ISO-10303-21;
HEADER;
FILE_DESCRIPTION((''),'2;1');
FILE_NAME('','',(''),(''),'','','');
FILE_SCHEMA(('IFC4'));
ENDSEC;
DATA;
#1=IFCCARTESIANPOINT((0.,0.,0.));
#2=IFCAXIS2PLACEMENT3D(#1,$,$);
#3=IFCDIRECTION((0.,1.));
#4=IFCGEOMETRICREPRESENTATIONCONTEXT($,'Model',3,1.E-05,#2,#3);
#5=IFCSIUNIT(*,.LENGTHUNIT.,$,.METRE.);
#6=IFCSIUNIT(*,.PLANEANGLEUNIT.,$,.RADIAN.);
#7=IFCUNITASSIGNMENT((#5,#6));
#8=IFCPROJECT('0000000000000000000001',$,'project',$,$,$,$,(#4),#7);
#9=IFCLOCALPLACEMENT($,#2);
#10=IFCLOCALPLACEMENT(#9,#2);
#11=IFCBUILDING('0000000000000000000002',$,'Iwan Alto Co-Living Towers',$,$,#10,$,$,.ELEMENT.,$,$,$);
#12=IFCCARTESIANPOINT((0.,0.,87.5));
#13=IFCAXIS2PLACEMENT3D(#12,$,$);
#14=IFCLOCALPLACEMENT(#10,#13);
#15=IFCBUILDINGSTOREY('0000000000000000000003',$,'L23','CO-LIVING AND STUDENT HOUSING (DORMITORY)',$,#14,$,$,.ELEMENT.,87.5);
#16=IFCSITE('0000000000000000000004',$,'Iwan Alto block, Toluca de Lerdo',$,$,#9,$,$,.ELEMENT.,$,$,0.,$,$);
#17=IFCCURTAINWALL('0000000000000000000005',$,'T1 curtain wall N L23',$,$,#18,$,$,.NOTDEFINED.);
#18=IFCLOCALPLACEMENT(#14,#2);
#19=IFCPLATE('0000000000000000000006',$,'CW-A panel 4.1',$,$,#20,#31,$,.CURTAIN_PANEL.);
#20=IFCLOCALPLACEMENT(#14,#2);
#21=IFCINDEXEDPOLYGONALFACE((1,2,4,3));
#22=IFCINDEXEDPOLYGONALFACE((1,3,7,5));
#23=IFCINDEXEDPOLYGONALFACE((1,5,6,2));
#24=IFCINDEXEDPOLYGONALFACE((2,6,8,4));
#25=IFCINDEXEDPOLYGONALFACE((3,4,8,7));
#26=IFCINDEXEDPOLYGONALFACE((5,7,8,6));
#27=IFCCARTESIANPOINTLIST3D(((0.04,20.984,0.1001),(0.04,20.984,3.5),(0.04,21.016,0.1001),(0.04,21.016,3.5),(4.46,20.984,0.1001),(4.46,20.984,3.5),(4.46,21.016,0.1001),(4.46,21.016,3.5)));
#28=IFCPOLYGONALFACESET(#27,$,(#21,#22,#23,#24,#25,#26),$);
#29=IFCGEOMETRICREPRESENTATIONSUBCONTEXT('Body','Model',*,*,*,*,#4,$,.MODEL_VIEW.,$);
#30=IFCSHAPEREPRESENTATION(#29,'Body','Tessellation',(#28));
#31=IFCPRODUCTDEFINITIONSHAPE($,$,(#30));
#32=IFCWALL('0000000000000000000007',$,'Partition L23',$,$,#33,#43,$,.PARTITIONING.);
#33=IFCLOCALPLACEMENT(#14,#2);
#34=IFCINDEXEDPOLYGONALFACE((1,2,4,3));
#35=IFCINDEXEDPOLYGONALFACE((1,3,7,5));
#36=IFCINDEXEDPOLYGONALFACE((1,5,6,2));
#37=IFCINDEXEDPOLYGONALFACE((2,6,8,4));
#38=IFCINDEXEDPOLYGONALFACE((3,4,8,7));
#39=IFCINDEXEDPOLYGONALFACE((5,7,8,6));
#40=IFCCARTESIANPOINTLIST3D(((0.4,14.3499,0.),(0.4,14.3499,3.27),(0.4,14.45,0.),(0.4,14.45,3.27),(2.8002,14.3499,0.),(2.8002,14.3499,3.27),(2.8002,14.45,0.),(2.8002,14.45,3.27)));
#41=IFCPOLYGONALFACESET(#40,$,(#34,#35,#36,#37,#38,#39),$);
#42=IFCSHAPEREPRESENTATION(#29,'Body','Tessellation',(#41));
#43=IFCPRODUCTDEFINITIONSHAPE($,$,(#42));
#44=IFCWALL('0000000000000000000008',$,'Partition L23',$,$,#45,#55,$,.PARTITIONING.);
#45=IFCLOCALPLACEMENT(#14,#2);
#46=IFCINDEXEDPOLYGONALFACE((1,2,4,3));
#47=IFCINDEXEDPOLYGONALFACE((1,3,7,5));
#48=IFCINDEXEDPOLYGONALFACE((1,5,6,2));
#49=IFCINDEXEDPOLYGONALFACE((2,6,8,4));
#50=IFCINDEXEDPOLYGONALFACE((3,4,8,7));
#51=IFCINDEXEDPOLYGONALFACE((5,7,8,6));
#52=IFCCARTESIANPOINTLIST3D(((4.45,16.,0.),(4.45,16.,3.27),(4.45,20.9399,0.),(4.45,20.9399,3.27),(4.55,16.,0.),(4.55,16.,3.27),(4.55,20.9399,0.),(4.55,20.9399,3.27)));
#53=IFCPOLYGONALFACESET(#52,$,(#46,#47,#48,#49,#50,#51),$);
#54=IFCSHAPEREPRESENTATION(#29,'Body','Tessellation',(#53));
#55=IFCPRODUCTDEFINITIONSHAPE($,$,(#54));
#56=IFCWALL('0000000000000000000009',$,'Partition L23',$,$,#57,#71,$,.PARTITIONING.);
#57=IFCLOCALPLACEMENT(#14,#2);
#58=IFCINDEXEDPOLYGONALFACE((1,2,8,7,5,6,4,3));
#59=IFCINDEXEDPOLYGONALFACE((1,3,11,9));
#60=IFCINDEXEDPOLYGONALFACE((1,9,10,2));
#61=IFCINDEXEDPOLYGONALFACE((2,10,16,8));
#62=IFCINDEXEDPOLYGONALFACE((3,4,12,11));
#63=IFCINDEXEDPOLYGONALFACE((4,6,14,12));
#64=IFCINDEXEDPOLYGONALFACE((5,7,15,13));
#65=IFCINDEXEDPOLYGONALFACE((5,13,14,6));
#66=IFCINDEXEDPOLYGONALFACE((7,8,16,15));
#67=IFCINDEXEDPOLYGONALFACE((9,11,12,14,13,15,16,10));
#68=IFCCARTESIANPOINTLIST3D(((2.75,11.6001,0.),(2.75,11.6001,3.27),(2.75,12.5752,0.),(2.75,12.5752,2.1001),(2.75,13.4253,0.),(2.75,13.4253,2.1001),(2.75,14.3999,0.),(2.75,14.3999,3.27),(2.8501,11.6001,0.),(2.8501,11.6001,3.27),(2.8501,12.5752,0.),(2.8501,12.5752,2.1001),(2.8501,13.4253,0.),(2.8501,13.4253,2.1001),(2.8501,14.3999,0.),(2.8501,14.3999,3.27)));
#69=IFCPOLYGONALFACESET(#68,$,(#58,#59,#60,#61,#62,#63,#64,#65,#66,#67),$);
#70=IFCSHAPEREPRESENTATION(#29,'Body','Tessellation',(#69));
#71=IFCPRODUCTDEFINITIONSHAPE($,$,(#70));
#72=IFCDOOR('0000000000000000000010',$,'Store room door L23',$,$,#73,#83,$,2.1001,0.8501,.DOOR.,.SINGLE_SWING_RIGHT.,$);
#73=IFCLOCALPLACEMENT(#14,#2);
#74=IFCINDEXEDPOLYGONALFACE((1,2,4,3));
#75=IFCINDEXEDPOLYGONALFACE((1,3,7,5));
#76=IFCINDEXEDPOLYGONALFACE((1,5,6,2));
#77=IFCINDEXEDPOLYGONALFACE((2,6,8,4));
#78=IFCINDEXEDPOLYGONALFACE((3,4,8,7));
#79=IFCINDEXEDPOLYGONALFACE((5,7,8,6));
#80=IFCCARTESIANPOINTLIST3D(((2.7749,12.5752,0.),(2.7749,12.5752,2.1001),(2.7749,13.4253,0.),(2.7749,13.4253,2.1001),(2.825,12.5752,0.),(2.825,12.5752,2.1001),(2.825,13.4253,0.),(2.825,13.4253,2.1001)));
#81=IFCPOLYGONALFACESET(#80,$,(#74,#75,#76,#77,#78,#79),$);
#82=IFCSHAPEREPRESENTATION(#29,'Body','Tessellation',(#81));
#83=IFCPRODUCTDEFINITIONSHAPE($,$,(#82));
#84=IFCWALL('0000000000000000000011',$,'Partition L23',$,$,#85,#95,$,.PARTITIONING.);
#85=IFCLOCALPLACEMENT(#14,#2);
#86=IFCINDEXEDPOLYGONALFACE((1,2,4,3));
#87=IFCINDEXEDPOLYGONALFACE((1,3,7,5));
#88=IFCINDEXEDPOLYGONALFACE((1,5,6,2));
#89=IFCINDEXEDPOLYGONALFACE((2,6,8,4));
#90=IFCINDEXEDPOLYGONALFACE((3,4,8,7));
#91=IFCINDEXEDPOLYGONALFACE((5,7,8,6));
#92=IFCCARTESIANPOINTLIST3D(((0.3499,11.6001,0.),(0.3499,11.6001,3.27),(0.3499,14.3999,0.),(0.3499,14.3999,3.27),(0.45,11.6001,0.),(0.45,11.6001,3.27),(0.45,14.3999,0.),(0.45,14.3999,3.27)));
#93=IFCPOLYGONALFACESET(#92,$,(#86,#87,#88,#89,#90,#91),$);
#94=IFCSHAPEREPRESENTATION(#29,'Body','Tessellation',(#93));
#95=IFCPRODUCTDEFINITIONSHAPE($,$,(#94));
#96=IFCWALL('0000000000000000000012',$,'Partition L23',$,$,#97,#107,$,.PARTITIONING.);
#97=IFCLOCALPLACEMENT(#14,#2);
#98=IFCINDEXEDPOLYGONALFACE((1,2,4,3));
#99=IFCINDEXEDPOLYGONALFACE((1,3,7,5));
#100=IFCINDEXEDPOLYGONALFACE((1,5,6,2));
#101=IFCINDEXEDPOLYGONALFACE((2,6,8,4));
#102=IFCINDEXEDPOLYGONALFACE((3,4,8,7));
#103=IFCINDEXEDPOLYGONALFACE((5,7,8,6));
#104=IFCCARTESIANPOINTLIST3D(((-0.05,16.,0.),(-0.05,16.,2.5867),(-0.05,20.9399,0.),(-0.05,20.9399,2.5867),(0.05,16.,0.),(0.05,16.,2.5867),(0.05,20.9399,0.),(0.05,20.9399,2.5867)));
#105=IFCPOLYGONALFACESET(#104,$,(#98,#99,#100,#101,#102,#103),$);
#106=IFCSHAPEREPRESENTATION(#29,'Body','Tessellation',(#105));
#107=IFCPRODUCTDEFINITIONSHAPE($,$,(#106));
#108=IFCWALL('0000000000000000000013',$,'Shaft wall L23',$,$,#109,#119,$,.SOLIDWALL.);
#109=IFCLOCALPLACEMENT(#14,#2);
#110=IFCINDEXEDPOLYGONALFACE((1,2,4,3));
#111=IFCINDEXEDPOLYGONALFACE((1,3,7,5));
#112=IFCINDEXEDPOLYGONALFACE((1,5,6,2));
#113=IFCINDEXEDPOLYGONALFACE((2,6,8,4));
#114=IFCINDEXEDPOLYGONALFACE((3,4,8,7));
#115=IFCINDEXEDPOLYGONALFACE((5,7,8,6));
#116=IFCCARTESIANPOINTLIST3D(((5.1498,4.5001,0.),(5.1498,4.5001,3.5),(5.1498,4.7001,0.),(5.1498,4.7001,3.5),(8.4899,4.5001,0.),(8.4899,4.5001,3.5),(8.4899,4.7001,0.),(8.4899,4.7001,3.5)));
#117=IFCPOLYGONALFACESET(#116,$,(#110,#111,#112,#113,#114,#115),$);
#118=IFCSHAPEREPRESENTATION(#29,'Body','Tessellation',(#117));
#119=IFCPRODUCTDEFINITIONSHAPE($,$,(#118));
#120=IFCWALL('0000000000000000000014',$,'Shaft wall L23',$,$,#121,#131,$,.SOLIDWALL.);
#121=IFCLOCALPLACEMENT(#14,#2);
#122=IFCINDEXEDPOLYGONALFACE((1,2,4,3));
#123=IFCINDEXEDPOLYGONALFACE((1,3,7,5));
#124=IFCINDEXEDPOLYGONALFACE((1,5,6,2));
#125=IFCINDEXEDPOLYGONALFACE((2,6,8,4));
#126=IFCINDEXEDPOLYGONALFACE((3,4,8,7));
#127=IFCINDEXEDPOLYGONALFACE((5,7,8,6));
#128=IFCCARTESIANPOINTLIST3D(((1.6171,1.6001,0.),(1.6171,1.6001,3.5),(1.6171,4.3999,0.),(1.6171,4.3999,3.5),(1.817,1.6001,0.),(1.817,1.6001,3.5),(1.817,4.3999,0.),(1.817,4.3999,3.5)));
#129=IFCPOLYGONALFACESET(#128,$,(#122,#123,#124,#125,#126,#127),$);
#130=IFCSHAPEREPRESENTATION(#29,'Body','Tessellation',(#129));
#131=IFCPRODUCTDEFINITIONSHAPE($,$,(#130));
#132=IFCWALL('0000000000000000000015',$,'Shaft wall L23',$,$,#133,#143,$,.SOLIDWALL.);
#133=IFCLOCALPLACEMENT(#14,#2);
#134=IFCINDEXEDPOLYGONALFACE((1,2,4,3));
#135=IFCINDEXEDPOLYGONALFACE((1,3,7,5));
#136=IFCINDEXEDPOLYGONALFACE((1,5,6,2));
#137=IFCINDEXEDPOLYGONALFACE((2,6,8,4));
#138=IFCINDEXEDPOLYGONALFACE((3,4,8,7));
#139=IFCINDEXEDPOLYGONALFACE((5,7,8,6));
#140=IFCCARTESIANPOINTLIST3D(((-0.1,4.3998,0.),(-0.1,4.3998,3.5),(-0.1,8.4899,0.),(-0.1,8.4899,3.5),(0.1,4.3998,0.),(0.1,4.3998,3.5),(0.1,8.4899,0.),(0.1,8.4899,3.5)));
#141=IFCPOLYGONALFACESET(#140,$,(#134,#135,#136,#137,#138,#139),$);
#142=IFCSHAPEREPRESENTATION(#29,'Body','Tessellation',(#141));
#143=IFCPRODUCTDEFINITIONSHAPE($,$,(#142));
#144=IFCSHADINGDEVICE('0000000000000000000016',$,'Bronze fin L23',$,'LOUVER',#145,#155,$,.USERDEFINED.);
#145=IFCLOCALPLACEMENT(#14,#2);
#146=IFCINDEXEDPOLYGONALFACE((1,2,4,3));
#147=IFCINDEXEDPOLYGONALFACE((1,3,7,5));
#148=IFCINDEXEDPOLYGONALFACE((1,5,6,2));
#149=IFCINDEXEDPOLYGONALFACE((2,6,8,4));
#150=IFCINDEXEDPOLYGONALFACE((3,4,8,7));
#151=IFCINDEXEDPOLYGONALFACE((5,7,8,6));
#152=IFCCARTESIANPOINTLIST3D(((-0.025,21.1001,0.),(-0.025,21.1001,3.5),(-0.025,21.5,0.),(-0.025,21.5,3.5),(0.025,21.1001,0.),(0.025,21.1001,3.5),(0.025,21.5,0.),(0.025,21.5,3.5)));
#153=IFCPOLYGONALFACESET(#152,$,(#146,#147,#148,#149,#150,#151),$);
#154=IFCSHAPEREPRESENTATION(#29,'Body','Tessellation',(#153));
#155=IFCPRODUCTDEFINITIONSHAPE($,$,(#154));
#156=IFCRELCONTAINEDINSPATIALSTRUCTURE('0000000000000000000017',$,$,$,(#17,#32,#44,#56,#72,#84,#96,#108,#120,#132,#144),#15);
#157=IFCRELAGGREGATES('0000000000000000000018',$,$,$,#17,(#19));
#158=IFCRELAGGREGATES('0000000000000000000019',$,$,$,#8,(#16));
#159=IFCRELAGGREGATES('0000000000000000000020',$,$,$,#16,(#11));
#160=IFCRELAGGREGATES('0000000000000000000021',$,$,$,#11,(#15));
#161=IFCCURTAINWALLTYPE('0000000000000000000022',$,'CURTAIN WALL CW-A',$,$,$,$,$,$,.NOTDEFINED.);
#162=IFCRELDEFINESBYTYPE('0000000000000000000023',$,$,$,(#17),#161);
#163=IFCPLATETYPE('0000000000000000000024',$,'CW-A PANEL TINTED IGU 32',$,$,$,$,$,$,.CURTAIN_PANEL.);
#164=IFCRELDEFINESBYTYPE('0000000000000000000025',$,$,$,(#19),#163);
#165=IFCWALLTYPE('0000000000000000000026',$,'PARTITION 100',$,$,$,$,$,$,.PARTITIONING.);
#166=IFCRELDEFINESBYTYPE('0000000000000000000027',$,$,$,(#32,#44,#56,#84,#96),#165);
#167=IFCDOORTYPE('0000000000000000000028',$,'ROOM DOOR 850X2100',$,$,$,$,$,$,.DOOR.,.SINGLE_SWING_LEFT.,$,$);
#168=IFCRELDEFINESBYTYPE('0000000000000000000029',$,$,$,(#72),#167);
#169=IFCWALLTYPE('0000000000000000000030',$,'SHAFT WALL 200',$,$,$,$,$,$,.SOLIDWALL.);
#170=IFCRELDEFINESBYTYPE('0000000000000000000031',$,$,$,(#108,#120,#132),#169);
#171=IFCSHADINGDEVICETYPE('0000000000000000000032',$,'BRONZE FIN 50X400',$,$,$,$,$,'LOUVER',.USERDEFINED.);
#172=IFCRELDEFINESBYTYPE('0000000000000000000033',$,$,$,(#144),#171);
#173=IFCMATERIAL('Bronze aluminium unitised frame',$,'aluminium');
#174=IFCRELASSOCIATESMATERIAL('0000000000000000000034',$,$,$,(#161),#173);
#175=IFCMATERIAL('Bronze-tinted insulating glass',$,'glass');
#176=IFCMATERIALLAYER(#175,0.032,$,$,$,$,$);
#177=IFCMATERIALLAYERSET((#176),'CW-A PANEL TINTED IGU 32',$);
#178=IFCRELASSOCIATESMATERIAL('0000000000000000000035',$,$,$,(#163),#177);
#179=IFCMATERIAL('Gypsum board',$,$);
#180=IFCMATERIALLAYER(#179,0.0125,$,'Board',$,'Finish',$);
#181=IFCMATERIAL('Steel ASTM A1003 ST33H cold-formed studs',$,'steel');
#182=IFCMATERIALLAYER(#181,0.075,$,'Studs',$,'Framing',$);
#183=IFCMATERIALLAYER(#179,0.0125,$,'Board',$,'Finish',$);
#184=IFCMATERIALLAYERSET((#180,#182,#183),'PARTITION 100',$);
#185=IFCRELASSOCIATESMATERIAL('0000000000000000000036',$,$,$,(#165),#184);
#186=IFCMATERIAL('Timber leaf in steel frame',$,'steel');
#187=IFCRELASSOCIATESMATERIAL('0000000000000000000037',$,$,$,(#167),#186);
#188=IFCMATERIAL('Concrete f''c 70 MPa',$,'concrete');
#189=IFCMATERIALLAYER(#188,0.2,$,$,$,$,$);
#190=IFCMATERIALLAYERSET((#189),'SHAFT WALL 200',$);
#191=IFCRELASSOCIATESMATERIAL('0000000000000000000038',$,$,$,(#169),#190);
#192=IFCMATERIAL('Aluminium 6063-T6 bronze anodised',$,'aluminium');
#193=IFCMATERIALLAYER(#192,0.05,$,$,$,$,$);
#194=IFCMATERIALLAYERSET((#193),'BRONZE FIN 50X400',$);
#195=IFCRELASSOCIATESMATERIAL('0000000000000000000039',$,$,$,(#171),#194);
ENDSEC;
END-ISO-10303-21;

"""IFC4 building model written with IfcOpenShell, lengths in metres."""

from ifc_helpers import new_model, si_unit, direction, frame, frame_2d, origin, origin_2d, place, context, subcontext, project, spatial, rectangle, extrude, material, layer, layer_set, type_object, element, fill, aggregate, save


model = new_model("IFC4")

# Units and contexts
model_context = context("Model", 3, precision=1e-05, world=origin(), true_north=direction((0.0, 1.0)))
body_context = subcontext(model_context, "Body", "Model", "MODEL_VIEW")
ifc_project = project(units=[si_unit("LENGTHUNIT", "METRE"), si_unit("PLANEANGLEUNIT", "RADIAN")], contexts=[model_context])

# Site, building, storey
site_placement = place(None, origin())
site = spatial("IfcSite", under=ifc_project, at=site_placement, Name="Iwan Alto block, Toluca de Lerdo", CompositionType="ELEMENT", RefElevation=0.0)
building_placement = place(site_placement, origin())
building = spatial("IfcBuilding", under=site, at=building_placement, Name="Iwan Alto Co-Living Towers", CompositionType="ELEMENT")
storey_placement = place(building_placement, frame((0.0, 0.0, 87.5)))
storey = spatial("IfcBuildingStorey", under=building, at=storey_placement, Name="L23", Description="CO-LIVING AND STUDENT HOUSING (DORMITORY)", CompositionType="ELEMENT", Elevation=87.5)

# Curtain wall
ifc_material_1 = material(Name="Bronze aluminium unitised frame", Category="aluminium")
curtain_wall_type = type_object("IfcCurtainWallType", Name="CURTAIN WALL CW-A", PredefinedType="NOTDEFINED", material=ifc_material_1)
curtain_wall_placement = place(storey_placement, origin())
curtain_wall = element("IfcCurtainWall", 1, at=curtain_wall_placement, inside=storey, type_object=curtain_wall_type, Name="T1 curtain wall N L23", PredefinedType="NOTDEFINED")

# Plate
ifc_material_2 = material(Name="Bronze-tinted insulating glass", Category="glass")
ifc_layer_1 = layer(ifc_material_2, 0.032)
ifc_layer_set_1 = layer_set([ifc_layer_1], Name="CW-A PANEL TINTED IGU 32")
plate_type = type_object("IfcPlateType", Name="CW-A PANEL TINTED IGU 32", PredefinedType="CURTAIN_PANEL", material=ifc_layer_set_1)
plate_1_placement = place(storey_placement, frame((2.25, 21.0, 0.1001), z_axis=(0.0, 0.0, 1.0), x_axis=(-1.0, 0.0, 0.0)))
plate_1 = element("IfcPlate", 2, at=plate_1_placement, type_object=plate_type, Name="CW-A panel 4.1", PredefinedType="CURTAIN_PANEL", context=body_context, shape_type="SweptSolid", body=[
    extrude(rectangle(XDim=4.4199, YDim=0.032, at=origin_2d()), origin(), (0.0, 0.0, 1.0), 3.3999),
])
aggregate(curtain_wall, [plate_1])

# Walls
ifc_material_3 = material(Name="Gypsum board")
ifc_layer_2 = layer(ifc_material_3, 0.0125, Name="Board", Category="Finish")
ifc_material_4 = material(Name="Steel ASTM A1003 ST33H cold-formed studs", Category="steel")
ifc_layer_3 = layer(ifc_material_4, 0.075, Name="Studs", Category="Framing")
ifc_layer_4 = layer(ifc_material_3, 0.0125, Name="Board", Category="Finish")
ifc_layer_set_2 = layer_set([ifc_layer_2, ifc_layer_3, ifc_layer_4], Name="PARTITION 100")
wall_type_1 = type_object("IfcWallType", Name="PARTITION 100", PredefinedType="PARTITIONING", material=ifc_layer_set_2)
wall_1_placement = place(storey_placement, frame((0.3999, 14.3999, 0.0), z_axis=(0.0, 0.0, 1.0), x_axis=(1.0, 0.0, 0.0)))
element("IfcWall", 3, at=wall_1_placement, inside=storey, type_object=wall_type_1, Name="Partition L23", PredefinedType="PARTITIONING", context=body_context, shape_type="SweptSolid", body=[
    extrude(rectangle(XDim=2.4001, YDim=0.1001, at=frame_2d((1.2002, 0.0))), origin(), (0.0, 0.0, 1.0), 3.27),
])
wall_2_placement = place(storey_placement, frame((4.5, 16.0, 0.0), z_axis=(0.0, 0.0, 1.0), x_axis=(0.0, 1.0, 0.0)))
element("IfcWall", 4, at=wall_2_placement, inside=storey, type_object=wall_type_1, Name="Partition L23", PredefinedType="PARTITIONING", context=body_context, shape_type="SweptSolid", body=[
    extrude(rectangle(XDim=4.9399, YDim=0.1001, at=frame_2d((2.47, 0.0))), origin(), (0.0, 0.0, 1.0), 3.27),
])

# Wall, opening, door
wall_3_placement = place(storey_placement, frame((2.8, 11.6001, 0.0), z_axis=(0.0, 0.0, 1.0), x_axis=(0.0, 1.0, 0.0)))
wall_3 = element("IfcWall", 5, at=wall_3_placement, inside=storey, type_object=wall_type_1, Name="Partition L23", PredefinedType="PARTITIONING", context=body_context, shape_type="SweptSolid", body=[
    extrude(rectangle(XDim=2.7998, YDim=0.1001, at=frame_2d((1.3999, 0.0))), origin(), (0.0, 0.0, 1.0), 3.27),
])
opening_placement = place(wall_3_placement, frame((0.9751, 0.0, 0.0)))
opening = element("IfcOpeningElement", 6, at=opening_placement, cuts=wall_3, PredefinedType="OPENING", context=body_context, shape_type="SweptSolid", body=[
    extrude(rectangle(XDim=0.8501, YDim=2.1001, at=frame_2d((0.425, 1.05))), frame((0.0, 0.0601, 0.0), z_axis=(0.0, -1.0, 0.0), x_axis=(1.0, 0.0, 0.0)), (0.0, 0.0, 1.0), 0.1201),
])
ifc_material_5 = material(Name="Timber leaf in steel frame", Category="steel")
door_type = type_object("IfcDoorType", Name="ROOM DOOR 850X2100", OperationType="SINGLE_SWING_LEFT", PredefinedType="DOOR", material=ifc_material_5)
door_placement = place(opening_placement, frame((0.8501, 0.0, 0.0), z_axis=(0.0, 0.0, 1.0), x_axis=(-1.0, 0.0, 0.0)))
door = element("IfcDoor", 7, at=door_placement, inside=storey, type_object=door_type, Name="Store room door L23", OperationType="SINGLE_SWING_RIGHT", OverallHeight=2.1001, OverallWidth=0.8501, PredefinedType="DOOR", context=body_context, shape_type="SweptSolid", body=[
    extrude(rectangle(XDim=0.8501, YDim=2.1001, at=frame_2d((0.425, 1.05))), frame((0.0, 0.0249, 0.0), z_axis=(0.0, -1.0, 0.0), x_axis=(1.0, 0.0, 0.0)), (0.0, 0.0, 1.0), 0.05),
])
fill(opening, door)

# Walls
wall_4_placement = place(storey_placement, frame((0.3999, 11.6001, 0.0), z_axis=(0.0, 0.0, 1.0), x_axis=(0.0, 1.0, 0.0)))
element("IfcWall", 8, at=wall_4_placement, inside=storey, type_object=wall_type_1, Name="Partition L23", PredefinedType="PARTITIONING", context=body_context, shape_type="SweptSolid", body=[
    extrude(rectangle(XDim=2.7998, YDim=0.1001, at=frame_2d((1.3999, 0.0))), origin(), (0.0, 0.0, 1.0), 3.27),
])
wall_5_placement = place(storey_placement, frame((0.0, 16.0, 0.0), z_axis=(0.0, 0.0, 1.0), x_axis=(0.0, 1.0, 0.0)))
element("IfcWall", 9, at=wall_5_placement, inside=storey, type_object=wall_type_1, Name="Partition L23", PredefinedType="PARTITIONING", context=body_context, shape_type="SweptSolid", body=[
    extrude(rectangle(XDim=4.9399, YDim=0.1001, at=frame_2d((2.47, 0.0))), origin(), (0.0, 0.0, 1.0), 2.5867),
])
ifc_material_6 = material(Name="Concrete f'c 70 MPa", Category="concrete")
ifc_layer_5 = layer(ifc_material_6, 0.2)
ifc_layer_set_3 = layer_set([ifc_layer_5], Name="SHAFT WALL 200")
wall_type_2 = type_object("IfcWallType", Name="SHAFT WALL 200", PredefinedType="SOLIDWALL", material=ifc_layer_set_3)
wall_6_placement = place(storey_placement, frame((5.1499, 4.6001, 0.0), z_axis=(0.0, 0.0, 1.0), x_axis=(1.0, 0.0, 0.0)))
element("IfcWall", 10, at=wall_6_placement, inside=storey, type_object=wall_type_2, Name="Shaft wall L23", PredefinedType="SOLIDWALL", context=body_context, shape_type="SweptSolid", body=[
    extrude(rectangle(XDim=3.3401, YDim=0.2, at=frame_2d((1.6699, 0.0))), origin(), (0.0, 0.0, 1.0), 3.5),
])
wall_7_placement = place(storey_placement, frame((1.717, 1.6001, 0.0), z_axis=(0.0, 0.0, 1.0), x_axis=(0.0, 1.0, 0.0)))
element("IfcWall", 11, at=wall_7_placement, inside=storey, type_object=wall_type_2, Name="Shaft wall L23", PredefinedType="SOLIDWALL", context=body_context, shape_type="SweptSolid", body=[
    extrude(rectangle(XDim=2.7998, YDim=0.2, at=frame_2d((1.3999, 0.0))), origin(), (0.0, 0.0, 1.0), 3.5),
])
wall_8_placement = place(storey_placement, frame((0.0, 4.3999, 0.0), z_axis=(0.0, 0.0, 1.0), x_axis=(0.0, 1.0, 0.0)))
element("IfcWall", 12, at=wall_8_placement, inside=storey, type_object=wall_type_2, Name="Shaft wall L23", PredefinedType="SOLIDWALL", context=body_context, shape_type="SweptSolid", body=[
    extrude(rectangle(XDim=4.0901, YDim=0.2, at=frame_2d((2.0449, 0.0))), origin(), (0.0, 0.0, 1.0), 3.5),
])

# Shading device
ifc_material_7 = material(Name="Aluminium 6063-T6 bronze anodised", Category="aluminium")
ifc_layer_6 = layer(ifc_material_7, 0.05)
ifc_layer_set_4 = layer_set([ifc_layer_6], Name="BRONZE FIN 50X400")
shading_device_type = type_object("IfcShadingDeviceType", Name="BRONZE FIN 50X400", ElementType="LOUVER", PredefinedType="USERDEFINED", material=ifc_layer_set_4)
shading_device_placement = place(storey_placement, frame((0.0, 21.3, 0.0), z_axis=(0.0, 0.0, 1.0), x_axis=(-1.0, 0.0, 0.0)))
element("IfcShadingDevice", 13, at=shading_device_placement, inside=storey, type_object=shading_device_type, Name="Bronze fin L23", ObjectType="LOUVER", PredefinedType="USERDEFINED", context=body_context, shape_type="SweptSolid", body=[
    extrude(rectangle(XDim=0.05, YDim=0.3999, at=origin_2d()), origin(), (0.0, 0.0, 1.0), 3.5),
])

save(model, "model.ifc")
